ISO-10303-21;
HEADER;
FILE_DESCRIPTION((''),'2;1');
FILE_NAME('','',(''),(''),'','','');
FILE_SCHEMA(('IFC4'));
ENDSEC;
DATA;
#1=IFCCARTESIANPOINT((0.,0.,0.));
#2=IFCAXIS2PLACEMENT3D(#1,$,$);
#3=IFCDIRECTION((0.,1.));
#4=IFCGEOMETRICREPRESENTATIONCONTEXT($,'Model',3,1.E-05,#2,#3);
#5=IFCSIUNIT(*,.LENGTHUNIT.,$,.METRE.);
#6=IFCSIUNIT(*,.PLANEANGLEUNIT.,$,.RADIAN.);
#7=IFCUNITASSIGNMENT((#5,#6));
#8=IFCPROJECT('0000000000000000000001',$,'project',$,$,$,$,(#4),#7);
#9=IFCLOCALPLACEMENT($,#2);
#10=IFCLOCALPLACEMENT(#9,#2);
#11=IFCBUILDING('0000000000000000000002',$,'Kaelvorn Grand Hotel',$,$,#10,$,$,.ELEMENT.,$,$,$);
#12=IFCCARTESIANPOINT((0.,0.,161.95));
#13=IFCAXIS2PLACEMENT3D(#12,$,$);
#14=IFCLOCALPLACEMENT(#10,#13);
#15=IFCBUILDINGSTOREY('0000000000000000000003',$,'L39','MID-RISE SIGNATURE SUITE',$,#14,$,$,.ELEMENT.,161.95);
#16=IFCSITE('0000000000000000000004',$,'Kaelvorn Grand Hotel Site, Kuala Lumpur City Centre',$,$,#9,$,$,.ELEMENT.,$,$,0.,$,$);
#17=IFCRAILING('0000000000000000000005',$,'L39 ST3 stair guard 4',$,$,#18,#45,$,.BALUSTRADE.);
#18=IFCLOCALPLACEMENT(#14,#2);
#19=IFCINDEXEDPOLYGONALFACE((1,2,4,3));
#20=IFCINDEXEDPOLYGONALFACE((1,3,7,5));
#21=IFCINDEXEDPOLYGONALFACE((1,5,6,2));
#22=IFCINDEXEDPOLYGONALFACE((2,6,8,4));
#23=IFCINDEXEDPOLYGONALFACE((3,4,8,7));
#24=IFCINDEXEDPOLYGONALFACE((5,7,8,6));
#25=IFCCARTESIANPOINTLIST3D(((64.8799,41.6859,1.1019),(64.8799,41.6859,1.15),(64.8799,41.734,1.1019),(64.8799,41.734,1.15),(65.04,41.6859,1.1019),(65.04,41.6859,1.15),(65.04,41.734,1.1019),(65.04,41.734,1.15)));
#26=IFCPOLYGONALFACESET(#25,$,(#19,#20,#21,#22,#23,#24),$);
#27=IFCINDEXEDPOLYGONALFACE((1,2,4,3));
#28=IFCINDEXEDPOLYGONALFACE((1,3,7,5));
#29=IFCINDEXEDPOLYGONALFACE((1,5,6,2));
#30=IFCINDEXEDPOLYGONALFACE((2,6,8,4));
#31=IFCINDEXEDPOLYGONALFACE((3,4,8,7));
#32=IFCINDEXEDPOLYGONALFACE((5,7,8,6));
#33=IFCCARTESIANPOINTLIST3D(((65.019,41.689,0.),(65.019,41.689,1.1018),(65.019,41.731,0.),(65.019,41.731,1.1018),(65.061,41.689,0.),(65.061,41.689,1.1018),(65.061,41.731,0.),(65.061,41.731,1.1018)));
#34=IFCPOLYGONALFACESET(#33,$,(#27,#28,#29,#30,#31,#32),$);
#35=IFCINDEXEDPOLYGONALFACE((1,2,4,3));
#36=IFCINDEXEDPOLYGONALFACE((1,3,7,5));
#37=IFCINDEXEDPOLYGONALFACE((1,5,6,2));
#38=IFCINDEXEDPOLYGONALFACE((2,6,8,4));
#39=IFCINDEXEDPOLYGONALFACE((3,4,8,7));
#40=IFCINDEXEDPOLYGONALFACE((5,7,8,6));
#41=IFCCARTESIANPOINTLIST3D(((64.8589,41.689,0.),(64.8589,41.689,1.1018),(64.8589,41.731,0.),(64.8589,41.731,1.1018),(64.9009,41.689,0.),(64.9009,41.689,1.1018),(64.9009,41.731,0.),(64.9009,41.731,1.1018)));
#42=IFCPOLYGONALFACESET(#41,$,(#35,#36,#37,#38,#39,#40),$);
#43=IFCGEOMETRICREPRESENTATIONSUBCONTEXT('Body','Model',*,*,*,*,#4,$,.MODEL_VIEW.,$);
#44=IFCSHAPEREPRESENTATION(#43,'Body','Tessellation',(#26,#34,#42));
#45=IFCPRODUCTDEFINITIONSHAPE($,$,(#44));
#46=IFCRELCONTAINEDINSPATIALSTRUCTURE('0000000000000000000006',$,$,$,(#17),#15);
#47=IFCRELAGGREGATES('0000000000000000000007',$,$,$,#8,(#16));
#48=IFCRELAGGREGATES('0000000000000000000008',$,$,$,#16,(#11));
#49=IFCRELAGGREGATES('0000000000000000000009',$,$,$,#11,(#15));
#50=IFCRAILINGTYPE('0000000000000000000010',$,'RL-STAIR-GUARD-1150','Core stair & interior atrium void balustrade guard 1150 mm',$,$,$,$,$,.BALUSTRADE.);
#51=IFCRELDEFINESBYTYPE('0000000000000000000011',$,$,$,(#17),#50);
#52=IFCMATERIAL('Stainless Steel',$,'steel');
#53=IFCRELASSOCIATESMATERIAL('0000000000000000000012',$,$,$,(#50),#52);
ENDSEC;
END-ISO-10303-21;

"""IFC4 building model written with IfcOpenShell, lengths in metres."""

from ifc_helpers import new_model, si_unit, direction, frame, origin, origin_2d, place, context, subcontext, project, spatial, rectangle, extrude, material, type_object, element, save


model = new_model("IFC4")

# Units and contexts
model_context = context("Model", 3, precision=1e-05, world=origin(), true_north=direction((0.0, 1.0)))
body_context = subcontext(model_context, "Body", "Model", "MODEL_VIEW")
ifc_project = project(units=[si_unit("LENGTHUNIT", "METRE"), si_unit("PLANEANGLEUNIT", "RADIAN")], contexts=[model_context])

# Site, building, storey
site_placement = place(None, origin())
site = spatial("IfcSite", under=ifc_project, at=site_placement, Name="Kaelvorn Grand Hotel Site, Kuala Lumpur City Centre", CompositionType="ELEMENT", RefElevation=0.0)
building_placement = place(site_placement, origin())
building = spatial("IfcBuilding", under=site, at=building_placement, Name="Kaelvorn Grand Hotel", CompositionType="ELEMENT")
storey_placement = place(building_placement, frame((0.0, 0.0, 161.95)))
storey = spatial("IfcBuildingStorey", under=building, at=storey_placement, Name="L39", Description="MID-RISE SIGNATURE SUITE", CompositionType="ELEMENT", Elevation=161.95)

# Shared definitions
ifc_material_1 = material(Name="Stainless Steel", Category="steel")

# Railing
railing_type_1 = type_object("IfcRailingType", Name="RL-STAIR-GUARD-1150", Description="Core stair & interior atrium void balustrade guard 1150 mm", PredefinedType="BALUSTRADE", material=ifc_material_1)
railing_1_placement = place(storey_placement, frame((65.04, 41.71, 0.0)))
element("IfcRailing", 1, at=railing_1_placement, inside=storey, type_object=railing_type_1, Name="L39 ST3 stair guard 4", PredefinedType="BALUSTRADE", context=body_context, shape_type="SweptSolid", body=[
    extrude(rectangle(XDim=0.0481, YDim=0.0481, at=origin_2d()), frame((0.0, 0.0, 1.126), z_axis=(-1.0, 0.0, 0.0), x_axis=(0.0, -1.0, 0.0)), (0.0, 0.0, 1.0), 0.1602),
    extrude(rectangle(XDim=0.042, YDim=0.042, at=origin_2d()), origin(), (0.0, 0.0, 1.0), 1.1018),
    extrude(rectangle(XDim=0.042, YDim=0.042, at=origin_2d()), frame((-0.1602, 0.0, 0.0)), (0.0, 0.0, 1.0), 1.1018),
])

save(model, "model.ifc")
